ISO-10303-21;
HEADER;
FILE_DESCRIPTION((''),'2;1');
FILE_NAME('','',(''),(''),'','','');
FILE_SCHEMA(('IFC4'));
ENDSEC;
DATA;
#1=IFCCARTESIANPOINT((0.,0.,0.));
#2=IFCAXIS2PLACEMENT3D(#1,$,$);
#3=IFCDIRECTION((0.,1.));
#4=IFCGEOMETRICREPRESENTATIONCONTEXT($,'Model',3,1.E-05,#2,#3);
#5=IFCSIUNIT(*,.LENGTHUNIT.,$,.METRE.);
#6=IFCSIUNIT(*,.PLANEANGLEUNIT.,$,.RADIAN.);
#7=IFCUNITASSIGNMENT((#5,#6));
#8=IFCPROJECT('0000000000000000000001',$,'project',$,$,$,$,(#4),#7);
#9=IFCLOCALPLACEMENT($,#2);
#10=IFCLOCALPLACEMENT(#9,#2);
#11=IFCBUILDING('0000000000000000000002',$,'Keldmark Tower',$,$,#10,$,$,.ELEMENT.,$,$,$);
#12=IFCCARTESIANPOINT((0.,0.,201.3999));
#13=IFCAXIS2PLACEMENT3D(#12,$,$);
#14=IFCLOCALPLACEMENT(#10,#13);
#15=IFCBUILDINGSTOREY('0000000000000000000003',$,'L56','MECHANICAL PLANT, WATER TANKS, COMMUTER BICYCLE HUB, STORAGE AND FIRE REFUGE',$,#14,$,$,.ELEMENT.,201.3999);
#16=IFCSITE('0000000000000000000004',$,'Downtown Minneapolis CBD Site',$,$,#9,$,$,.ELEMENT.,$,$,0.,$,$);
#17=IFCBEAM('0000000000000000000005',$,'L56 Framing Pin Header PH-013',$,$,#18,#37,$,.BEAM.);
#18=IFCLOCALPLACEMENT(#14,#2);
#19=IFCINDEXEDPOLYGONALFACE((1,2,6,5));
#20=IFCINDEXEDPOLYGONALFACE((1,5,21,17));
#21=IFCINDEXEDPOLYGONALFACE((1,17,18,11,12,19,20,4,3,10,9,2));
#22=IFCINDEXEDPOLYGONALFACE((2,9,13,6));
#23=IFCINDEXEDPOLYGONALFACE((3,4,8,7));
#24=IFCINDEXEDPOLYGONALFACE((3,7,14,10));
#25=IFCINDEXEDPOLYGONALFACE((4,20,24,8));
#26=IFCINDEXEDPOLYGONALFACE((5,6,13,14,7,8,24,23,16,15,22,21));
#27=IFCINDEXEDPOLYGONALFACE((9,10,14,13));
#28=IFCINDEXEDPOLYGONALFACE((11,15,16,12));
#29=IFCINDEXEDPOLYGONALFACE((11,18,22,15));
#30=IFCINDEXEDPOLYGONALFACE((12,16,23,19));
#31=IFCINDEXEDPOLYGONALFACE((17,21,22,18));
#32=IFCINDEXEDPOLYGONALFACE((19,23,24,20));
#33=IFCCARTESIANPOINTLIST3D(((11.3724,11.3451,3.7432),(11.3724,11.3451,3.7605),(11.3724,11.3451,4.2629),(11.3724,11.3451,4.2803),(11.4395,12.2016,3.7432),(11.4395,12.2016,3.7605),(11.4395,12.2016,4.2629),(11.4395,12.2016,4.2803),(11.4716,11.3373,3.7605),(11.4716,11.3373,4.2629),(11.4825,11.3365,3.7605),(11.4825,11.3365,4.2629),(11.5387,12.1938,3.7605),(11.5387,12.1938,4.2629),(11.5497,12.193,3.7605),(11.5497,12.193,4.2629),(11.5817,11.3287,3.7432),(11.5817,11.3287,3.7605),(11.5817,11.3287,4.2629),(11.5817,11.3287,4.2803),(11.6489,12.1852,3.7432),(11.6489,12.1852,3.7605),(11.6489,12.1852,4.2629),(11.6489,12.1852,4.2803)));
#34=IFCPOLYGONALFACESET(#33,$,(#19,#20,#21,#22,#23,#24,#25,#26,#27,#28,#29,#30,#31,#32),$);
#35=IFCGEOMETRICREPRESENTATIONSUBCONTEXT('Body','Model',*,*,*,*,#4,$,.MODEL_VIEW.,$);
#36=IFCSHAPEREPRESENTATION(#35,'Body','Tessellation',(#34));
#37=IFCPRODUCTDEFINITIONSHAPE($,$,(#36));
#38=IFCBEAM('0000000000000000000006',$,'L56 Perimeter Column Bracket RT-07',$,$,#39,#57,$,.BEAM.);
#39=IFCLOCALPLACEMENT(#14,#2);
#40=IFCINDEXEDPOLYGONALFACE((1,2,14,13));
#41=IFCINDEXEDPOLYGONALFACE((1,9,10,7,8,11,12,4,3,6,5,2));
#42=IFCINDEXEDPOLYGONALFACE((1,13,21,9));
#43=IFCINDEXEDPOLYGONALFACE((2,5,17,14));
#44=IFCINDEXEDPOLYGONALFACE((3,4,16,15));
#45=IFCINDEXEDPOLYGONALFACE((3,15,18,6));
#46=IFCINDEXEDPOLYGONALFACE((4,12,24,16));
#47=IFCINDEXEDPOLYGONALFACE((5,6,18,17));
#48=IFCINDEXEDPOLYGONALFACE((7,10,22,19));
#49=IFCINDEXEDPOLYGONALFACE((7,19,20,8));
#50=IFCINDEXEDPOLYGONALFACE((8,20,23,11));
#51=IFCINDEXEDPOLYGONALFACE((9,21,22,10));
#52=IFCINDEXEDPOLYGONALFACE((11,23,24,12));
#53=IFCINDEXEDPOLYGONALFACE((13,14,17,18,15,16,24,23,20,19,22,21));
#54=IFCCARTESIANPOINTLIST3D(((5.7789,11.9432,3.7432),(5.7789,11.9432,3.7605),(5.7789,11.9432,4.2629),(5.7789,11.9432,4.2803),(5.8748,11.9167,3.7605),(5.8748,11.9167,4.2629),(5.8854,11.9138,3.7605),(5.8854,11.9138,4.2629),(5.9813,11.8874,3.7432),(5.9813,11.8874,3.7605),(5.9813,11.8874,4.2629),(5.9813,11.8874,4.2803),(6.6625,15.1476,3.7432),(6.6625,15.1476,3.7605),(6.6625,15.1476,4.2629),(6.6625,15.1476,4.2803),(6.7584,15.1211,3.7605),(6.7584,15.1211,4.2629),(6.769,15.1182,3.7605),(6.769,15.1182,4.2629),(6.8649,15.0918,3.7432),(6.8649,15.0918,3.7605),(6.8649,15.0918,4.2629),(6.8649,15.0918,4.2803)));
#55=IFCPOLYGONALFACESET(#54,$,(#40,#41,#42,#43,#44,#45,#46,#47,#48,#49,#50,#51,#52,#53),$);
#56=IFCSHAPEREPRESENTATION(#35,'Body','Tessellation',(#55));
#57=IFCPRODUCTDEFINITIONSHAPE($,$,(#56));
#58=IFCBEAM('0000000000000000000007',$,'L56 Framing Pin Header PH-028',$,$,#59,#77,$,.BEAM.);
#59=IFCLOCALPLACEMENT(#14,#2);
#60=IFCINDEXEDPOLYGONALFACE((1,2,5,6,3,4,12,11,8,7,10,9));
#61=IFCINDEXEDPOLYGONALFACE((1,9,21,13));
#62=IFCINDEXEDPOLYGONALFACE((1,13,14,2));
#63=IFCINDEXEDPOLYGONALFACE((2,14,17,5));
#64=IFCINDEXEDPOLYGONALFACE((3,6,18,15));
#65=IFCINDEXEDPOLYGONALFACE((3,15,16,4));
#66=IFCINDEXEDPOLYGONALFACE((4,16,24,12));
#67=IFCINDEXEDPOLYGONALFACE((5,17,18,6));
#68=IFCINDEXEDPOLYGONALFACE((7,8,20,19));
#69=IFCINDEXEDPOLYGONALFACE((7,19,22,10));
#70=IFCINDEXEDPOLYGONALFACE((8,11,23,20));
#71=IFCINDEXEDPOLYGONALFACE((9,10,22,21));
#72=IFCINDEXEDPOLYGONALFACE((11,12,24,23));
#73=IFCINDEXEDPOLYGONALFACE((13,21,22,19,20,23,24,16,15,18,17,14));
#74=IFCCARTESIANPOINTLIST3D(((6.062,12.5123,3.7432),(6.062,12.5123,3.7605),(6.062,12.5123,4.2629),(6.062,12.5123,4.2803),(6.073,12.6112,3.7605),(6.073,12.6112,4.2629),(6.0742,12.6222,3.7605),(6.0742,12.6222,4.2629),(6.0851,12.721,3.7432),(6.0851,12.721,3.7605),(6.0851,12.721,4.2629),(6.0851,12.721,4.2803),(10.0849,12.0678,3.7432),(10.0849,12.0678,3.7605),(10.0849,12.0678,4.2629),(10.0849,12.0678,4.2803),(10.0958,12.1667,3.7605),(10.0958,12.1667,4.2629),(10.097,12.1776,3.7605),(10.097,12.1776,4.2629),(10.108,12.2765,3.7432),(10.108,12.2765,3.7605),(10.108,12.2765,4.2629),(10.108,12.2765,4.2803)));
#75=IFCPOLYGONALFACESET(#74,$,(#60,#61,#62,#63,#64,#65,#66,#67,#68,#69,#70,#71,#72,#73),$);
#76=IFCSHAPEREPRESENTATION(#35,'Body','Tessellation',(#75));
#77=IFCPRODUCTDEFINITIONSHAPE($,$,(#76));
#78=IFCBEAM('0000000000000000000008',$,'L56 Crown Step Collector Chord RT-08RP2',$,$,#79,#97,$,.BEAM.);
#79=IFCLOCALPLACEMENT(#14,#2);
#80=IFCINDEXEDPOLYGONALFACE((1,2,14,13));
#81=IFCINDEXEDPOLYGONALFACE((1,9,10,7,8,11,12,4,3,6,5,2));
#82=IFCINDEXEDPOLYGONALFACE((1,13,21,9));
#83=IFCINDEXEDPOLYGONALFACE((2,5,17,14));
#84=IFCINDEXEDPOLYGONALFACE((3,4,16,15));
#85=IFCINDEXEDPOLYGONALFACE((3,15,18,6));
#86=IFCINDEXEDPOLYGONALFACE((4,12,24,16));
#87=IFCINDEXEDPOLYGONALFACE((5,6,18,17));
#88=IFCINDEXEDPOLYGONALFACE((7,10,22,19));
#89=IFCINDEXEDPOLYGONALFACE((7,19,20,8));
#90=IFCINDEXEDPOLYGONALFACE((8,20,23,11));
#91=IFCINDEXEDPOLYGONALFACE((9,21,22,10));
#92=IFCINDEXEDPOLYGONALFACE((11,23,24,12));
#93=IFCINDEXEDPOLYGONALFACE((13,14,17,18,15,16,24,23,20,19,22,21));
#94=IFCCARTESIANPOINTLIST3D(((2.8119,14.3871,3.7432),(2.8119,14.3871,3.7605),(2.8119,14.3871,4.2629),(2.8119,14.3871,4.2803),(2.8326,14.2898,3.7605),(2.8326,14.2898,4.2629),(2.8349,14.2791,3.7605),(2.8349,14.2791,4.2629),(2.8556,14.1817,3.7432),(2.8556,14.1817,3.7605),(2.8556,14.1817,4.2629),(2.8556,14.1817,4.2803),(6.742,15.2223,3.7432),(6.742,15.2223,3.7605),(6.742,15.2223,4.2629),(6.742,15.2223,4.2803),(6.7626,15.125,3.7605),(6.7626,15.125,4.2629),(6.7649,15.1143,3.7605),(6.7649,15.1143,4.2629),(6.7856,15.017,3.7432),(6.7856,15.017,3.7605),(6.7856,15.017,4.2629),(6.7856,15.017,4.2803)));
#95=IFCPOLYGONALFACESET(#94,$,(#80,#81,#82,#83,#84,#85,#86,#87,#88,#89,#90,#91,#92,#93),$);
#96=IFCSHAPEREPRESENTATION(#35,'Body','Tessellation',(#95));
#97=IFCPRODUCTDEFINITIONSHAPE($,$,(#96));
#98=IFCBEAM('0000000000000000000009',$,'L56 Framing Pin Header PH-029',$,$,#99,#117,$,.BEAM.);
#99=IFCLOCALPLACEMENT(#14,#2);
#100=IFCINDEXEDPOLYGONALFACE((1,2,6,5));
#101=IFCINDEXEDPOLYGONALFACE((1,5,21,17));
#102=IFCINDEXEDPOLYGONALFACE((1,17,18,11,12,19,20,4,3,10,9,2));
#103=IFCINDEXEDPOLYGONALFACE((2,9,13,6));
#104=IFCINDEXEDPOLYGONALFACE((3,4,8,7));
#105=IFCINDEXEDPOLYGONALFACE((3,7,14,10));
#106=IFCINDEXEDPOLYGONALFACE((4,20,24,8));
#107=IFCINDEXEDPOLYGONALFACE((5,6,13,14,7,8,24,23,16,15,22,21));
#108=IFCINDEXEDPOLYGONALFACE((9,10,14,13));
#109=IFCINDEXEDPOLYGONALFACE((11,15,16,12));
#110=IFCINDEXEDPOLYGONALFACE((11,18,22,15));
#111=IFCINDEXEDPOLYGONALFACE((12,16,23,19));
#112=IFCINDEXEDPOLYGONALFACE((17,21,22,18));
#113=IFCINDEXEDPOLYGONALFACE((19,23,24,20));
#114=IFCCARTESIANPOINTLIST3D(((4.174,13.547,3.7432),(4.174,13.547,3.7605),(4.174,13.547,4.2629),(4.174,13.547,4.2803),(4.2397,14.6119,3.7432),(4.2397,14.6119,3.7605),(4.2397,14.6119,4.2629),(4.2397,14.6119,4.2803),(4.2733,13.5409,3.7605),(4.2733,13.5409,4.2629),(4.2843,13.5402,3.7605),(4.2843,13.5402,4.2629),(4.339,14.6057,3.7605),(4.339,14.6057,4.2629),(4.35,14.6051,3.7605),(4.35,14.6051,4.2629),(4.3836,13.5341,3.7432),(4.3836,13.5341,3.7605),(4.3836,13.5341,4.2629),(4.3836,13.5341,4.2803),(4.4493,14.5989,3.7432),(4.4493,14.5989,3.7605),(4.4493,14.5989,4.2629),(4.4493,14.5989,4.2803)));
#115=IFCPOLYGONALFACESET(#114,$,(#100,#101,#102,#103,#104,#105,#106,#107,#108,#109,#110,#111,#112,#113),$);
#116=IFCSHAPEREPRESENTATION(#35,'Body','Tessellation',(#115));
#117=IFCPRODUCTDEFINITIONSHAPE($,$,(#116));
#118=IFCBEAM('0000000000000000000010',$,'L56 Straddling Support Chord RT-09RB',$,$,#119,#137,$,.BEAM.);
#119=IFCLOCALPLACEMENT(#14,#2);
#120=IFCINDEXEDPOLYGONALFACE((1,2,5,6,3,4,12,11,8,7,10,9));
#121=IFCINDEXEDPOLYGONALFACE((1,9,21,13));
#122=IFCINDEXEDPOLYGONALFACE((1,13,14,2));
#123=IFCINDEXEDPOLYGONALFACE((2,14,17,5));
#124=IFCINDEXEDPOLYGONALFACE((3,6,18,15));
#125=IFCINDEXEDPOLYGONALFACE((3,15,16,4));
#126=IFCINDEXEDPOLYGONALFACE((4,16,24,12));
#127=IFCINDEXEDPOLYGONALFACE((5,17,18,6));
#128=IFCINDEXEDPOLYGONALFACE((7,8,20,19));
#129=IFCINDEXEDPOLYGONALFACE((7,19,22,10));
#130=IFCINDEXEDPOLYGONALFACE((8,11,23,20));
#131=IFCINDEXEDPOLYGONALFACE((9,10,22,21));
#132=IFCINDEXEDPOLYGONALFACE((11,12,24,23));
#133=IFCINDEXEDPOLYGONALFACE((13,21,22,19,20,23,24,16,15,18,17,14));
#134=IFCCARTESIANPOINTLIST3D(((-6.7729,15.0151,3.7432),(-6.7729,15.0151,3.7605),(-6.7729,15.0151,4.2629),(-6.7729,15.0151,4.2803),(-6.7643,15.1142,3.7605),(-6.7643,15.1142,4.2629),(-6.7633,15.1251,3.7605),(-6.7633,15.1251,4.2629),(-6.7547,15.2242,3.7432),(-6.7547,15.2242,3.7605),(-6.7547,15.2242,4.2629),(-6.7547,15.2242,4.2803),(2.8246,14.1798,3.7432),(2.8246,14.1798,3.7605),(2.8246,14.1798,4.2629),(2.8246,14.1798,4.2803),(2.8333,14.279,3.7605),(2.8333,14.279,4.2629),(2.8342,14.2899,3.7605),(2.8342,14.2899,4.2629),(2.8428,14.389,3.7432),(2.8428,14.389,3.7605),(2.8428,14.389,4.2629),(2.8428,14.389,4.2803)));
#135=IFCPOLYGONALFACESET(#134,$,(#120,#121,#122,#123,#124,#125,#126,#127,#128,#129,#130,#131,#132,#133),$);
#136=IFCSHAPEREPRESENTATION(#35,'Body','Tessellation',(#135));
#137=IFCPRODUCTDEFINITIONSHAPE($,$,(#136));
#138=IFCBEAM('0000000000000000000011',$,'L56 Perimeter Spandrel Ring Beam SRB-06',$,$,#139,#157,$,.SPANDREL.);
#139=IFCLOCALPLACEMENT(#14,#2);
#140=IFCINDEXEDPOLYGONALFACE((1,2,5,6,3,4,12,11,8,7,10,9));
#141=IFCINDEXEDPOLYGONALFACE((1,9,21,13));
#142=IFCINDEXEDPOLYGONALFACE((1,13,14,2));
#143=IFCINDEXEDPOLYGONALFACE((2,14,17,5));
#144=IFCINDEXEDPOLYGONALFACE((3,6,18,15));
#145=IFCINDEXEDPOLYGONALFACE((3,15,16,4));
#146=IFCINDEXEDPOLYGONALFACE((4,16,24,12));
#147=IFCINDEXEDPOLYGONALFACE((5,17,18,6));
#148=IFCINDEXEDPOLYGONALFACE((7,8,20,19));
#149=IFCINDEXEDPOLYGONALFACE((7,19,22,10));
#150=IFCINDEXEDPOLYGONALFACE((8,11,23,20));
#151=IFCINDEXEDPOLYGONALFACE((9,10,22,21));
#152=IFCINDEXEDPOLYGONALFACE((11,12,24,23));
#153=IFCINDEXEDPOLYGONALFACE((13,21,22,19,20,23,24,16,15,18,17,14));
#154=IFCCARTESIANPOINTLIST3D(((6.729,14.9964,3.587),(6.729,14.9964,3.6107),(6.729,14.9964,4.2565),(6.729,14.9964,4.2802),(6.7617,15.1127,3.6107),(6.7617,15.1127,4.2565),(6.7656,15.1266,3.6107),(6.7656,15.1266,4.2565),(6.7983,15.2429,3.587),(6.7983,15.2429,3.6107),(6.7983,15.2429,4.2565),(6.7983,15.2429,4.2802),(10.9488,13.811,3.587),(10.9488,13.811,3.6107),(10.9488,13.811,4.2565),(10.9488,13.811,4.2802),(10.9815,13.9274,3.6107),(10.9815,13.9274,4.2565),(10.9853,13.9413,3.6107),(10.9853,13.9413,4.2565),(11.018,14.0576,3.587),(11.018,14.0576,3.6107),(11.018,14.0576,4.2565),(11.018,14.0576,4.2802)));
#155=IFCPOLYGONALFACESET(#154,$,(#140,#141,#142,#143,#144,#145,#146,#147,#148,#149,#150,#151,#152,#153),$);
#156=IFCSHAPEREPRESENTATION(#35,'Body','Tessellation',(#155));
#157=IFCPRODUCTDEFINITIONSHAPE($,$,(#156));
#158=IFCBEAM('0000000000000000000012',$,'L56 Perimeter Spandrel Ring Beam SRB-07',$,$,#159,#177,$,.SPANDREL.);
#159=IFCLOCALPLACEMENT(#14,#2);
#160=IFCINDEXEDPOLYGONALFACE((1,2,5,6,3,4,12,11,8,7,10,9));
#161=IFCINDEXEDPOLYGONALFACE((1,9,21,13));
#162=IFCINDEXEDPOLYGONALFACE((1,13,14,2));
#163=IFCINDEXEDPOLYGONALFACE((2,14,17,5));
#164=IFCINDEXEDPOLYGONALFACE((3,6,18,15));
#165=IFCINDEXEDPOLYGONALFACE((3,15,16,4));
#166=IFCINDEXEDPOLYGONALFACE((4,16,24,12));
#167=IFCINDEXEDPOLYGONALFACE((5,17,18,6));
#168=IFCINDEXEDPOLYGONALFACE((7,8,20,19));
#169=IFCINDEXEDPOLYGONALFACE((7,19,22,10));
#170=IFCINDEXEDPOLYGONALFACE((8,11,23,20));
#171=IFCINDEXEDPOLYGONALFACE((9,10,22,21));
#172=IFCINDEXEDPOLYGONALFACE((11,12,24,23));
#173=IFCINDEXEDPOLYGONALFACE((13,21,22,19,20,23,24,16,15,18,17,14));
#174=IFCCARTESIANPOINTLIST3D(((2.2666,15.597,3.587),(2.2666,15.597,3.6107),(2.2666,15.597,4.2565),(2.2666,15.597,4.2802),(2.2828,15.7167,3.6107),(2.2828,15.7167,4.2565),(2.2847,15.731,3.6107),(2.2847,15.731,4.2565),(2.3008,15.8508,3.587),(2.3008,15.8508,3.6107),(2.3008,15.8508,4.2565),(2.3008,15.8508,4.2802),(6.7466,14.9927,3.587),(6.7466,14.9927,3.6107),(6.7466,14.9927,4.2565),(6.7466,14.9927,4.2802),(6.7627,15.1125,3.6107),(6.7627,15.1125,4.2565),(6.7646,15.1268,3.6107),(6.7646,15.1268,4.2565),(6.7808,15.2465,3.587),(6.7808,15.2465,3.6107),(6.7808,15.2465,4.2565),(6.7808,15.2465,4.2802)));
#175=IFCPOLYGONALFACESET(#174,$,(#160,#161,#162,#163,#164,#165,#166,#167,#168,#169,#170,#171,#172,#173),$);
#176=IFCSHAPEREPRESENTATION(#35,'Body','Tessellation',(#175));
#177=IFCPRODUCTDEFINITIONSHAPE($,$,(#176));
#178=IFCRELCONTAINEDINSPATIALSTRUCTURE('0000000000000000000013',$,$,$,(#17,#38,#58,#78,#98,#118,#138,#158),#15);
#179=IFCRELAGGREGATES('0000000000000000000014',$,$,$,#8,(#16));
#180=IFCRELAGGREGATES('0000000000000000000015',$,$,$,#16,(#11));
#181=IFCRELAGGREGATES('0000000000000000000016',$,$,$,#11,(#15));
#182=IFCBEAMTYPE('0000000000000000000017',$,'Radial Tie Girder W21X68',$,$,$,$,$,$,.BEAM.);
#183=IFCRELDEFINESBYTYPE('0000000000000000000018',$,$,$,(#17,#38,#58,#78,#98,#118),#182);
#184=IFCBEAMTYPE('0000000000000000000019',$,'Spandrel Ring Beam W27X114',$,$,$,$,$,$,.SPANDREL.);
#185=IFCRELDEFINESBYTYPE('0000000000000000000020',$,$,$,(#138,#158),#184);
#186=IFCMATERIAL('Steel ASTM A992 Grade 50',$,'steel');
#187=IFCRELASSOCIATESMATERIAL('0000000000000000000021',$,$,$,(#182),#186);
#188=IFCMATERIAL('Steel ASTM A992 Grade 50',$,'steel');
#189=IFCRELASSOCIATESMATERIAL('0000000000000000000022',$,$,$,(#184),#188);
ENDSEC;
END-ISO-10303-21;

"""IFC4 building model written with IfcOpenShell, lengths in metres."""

from ifc_helpers import new_model, si_unit, direction, frame, origin, origin_2d, place, context, subcontext, project, spatial, i_section, extrude, material, material_profile, profile_set, type_object, element, save


model = new_model("IFC4")

# Units and contexts
model_context = context("Model", 3, precision=1e-05, world=origin(), true_north=direction((0.0, 1.0)))
body_context = subcontext(model_context, "Body", "Model", "MODEL_VIEW")
ifc_project = project(units=[si_unit("LENGTHUNIT", "METRE"), si_unit("PLANEANGLEUNIT", "RADIAN")], contexts=[model_context])

# Site, building, storey
site_placement = place(None, origin())
site = spatial("IfcSite", under=ifc_project, at=site_placement, Name="Downtown Minneapolis CBD Site", CompositionType="ELEMENT", RefElevation=0.0)
building_placement = place(site_placement, origin())
building = spatial("IfcBuilding", under=site, at=building_placement, Name="Keldmark Tower", CompositionType="ELEMENT")
storey_placement = place(building_placement, frame((0.0, 0.0, 201.3999)))
storey = spatial("IfcBuildingStorey", under=building, at=storey_placement, Name="L56", Description="MECHANICAL PLANT, WATER TANKS, COMMUTER BICYCLE HUB, STORAGE AND FIRE REFUGE", CompositionType="ELEMENT", Elevation=201.3999)

# Beams
ifc_material_1 = material(Name="Steel ASTM A992 Grade 50", Category="steel")
ifc_material_profile_1 = material_profile(ifc_material_1, i_section(OverallWidth=0.21, OverallDepth=0.5371, WebThickness=0.011, FlangeThickness=0.0173, at=origin_2d()), Name="W21X68")
ifc_profile_set_1 = profile_set([ifc_material_profile_1], Name="Steel ASTM A992 Grade 50")
beam_type_1 = type_object("IfcBeamType", Name="Radial Tie Girder W21X68", PredefinedType="BEAM", material=ifc_profile_set_1)
beam_1_placement = place(storey_placement, frame((11.4771, 11.3369, 4.0117), z_axis=(0.078152, 0.996941, 0.0), x_axis=(-0.996941, 0.078152, 0.0)))
element("IfcBeam", 1, at=beam_1_placement, inside=storey, type_object=beam_type_1, Name="L56 Framing Pin Header PH-013", PredefinedType="BEAM", context=body_context, shape_type="SweptSolid", body=[
    extrude(i_section(OverallWidth=0.21, OverallDepth=0.5371, WebThickness=0.011, FlangeThickness=0.0173, at=origin_2d()), origin(), (0.0, 0.0, 1.0), 0.8591),
])
beam_2_placement = place(storey_placement, frame((5.8801, 11.9153, 4.0117), z_axis=(0.265814, 0.964024, 0.0), x_axis=(-0.964024, 0.265814, 0.0)))
element("IfcBeam", 2, at=beam_2_placement, inside=storey, type_object=beam_type_1, Name="L56 Perimeter Column Bracket RT-07", PredefinedType="BEAM", context=body_context, shape_type="SweptSolid", body=[
    extrude(i_section(OverallWidth=0.21, OverallDepth=0.5371, WebThickness=0.011, FlangeThickness=0.0173, at=origin_2d()), origin(), (0.0, 0.0, 1.0), 3.324),
])
beam_3_placement = place(storey_placement, frame((10.0964, 12.1721, 4.0117), z_axis=(-0.993949, 0.109842, 0.0), x_axis=(-0.109842, -0.993949, 0.0)))
element("IfcBeam", 3, at=beam_3_placement, inside=storey, type_object=beam_type_1, Name="L56 Framing Pin Header PH-028", PredefinedType="BEAM", context=body_context, shape_type="SweptSolid", body=[
    extrude(i_section(OverallWidth=0.21, OverallDepth=0.5371, WebThickness=0.011, FlangeThickness=0.0173, at=origin_2d()), origin(), (0.0, 0.0, 1.0), 4.0474),
])
beam_4_placement = place(storey_placement, frame((2.8337, 14.2844, 4.0117), z_axis=(0.978154, 0.207881, 0.0), x_axis=(-0.207881, 0.978154, 0.0)))
element("IfcBeam", 4, at=beam_4_placement, inside=storey, type_object=beam_type_1, Name="L56 Crown Step Collector Chord RT-08RP2", PredefinedType="BEAM", context=body_context, shape_type="SweptSolid", body=[
    extrude(i_section(OverallWidth=0.21, OverallDepth=0.5371, WebThickness=0.011, FlangeThickness=0.0173, at=origin_2d()), origin(), (0.0, 0.0, 1.0), 4.0178),
])
beam_5_placement = place(storey_placement, frame((4.2788, 13.5405, 4.0117), z_axis=(0.061552, 0.998104, 0.0), x_axis=(-0.998104, 0.061552, 0.0)))
element("IfcBeam", 5, at=beam_5_placement, inside=storey, type_object=beam_type_1, Name="L56 Framing Pin Header PH-029", PredefinedType="BEAM", context=body_context, shape_type="SweptSolid", body=[
    extrude(i_section(OverallWidth=0.21, OverallDepth=0.5371, WebThickness=0.011, FlangeThickness=0.0173, at=origin_2d()), origin(), (0.0, 0.0, 1.0), 1.0669),
])
beam_6_placement = place(storey_placement, frame((2.8337, 14.2844, 4.0117), z_axis=(-0.996235, 0.086696, 0.0), x_axis=(-0.086696, -0.996235, 0.0)))
element("IfcBeam", 6, at=beam_6_placement, inside=storey, type_object=beam_type_1, Name="L56 Straddling Support Chord RT-09RB", PredefinedType="BEAM", context=body_context, shape_type="SweptSolid", body=[
    extrude(i_section(OverallWidth=0.21, OverallDepth=0.5371, WebThickness=0.011, FlangeThickness=0.0173, at=origin_2d()), origin(), (0.0, 0.0, 1.0), 9.6338),
])
ifc_material_2 = material(Name="Steel ASTM A992 Grade 50", Category="steel")
ifc_material_profile_2 = material_profile(ifc_material_2, i_section(OverallWidth=0.2561, OverallDepth=0.6931, WebThickness=0.0144, FlangeThickness=0.0237, at=origin_2d()), Name="W27X114")
ifc_profile_set_2 = profile_set([ifc_material_profile_2], Name="Steel ASTM A992 Grade 50")
beam_type_2 = type_object("IfcBeamType", Name="Spandrel Ring Beam W27X114", PredefinedType="SPANDREL", material=ifc_profile_set_2)
beam_7_placement = place(storey_placement, frame((10.9834, 13.9343, 3.9336), z_axis=(-0.96274, 0.270429, 0.0), x_axis=(-0.270429, -0.96274, 0.0)))
element("IfcBeam", 7, at=beam_7_placement, inside=storey, type_object=beam_type_2, Name="L56 Perimeter Spandrel Ring Beam SRB-06", PredefinedType="SPANDREL", context=body_context, shape_type="SweptSolid", body=[
    extrude(i_section(OverallWidth=0.2561, OverallDepth=0.6931, WebThickness=0.0144, FlangeThickness=0.0237, at=origin_2d()), origin(), (0.0, 0.0, 1.0), 4.3831),
])
beam_8_placement = place(storey_placement, frame((6.7637, 15.1196, 3.9336), z_axis=(-0.991026, 0.133667, 0.0), x_axis=(-0.133667, -0.991026, 0.0)))
element("IfcBeam", 8, at=beam_8_placement, inside=storey, type_object=beam_type_2, Name="L56 Perimeter Spandrel Ring Beam SRB-07", PredefinedType="SPANDREL", context=body_context, shape_type="SweptSolid", body=[
    extrude(i_section(OverallWidth=0.2561, OverallDepth=0.6931, WebThickness=0.0144, FlangeThickness=0.0237, at=origin_2d()), origin(), (0.0, 0.0, 1.0), 4.5205),
])

save(model, "model.ifc")
